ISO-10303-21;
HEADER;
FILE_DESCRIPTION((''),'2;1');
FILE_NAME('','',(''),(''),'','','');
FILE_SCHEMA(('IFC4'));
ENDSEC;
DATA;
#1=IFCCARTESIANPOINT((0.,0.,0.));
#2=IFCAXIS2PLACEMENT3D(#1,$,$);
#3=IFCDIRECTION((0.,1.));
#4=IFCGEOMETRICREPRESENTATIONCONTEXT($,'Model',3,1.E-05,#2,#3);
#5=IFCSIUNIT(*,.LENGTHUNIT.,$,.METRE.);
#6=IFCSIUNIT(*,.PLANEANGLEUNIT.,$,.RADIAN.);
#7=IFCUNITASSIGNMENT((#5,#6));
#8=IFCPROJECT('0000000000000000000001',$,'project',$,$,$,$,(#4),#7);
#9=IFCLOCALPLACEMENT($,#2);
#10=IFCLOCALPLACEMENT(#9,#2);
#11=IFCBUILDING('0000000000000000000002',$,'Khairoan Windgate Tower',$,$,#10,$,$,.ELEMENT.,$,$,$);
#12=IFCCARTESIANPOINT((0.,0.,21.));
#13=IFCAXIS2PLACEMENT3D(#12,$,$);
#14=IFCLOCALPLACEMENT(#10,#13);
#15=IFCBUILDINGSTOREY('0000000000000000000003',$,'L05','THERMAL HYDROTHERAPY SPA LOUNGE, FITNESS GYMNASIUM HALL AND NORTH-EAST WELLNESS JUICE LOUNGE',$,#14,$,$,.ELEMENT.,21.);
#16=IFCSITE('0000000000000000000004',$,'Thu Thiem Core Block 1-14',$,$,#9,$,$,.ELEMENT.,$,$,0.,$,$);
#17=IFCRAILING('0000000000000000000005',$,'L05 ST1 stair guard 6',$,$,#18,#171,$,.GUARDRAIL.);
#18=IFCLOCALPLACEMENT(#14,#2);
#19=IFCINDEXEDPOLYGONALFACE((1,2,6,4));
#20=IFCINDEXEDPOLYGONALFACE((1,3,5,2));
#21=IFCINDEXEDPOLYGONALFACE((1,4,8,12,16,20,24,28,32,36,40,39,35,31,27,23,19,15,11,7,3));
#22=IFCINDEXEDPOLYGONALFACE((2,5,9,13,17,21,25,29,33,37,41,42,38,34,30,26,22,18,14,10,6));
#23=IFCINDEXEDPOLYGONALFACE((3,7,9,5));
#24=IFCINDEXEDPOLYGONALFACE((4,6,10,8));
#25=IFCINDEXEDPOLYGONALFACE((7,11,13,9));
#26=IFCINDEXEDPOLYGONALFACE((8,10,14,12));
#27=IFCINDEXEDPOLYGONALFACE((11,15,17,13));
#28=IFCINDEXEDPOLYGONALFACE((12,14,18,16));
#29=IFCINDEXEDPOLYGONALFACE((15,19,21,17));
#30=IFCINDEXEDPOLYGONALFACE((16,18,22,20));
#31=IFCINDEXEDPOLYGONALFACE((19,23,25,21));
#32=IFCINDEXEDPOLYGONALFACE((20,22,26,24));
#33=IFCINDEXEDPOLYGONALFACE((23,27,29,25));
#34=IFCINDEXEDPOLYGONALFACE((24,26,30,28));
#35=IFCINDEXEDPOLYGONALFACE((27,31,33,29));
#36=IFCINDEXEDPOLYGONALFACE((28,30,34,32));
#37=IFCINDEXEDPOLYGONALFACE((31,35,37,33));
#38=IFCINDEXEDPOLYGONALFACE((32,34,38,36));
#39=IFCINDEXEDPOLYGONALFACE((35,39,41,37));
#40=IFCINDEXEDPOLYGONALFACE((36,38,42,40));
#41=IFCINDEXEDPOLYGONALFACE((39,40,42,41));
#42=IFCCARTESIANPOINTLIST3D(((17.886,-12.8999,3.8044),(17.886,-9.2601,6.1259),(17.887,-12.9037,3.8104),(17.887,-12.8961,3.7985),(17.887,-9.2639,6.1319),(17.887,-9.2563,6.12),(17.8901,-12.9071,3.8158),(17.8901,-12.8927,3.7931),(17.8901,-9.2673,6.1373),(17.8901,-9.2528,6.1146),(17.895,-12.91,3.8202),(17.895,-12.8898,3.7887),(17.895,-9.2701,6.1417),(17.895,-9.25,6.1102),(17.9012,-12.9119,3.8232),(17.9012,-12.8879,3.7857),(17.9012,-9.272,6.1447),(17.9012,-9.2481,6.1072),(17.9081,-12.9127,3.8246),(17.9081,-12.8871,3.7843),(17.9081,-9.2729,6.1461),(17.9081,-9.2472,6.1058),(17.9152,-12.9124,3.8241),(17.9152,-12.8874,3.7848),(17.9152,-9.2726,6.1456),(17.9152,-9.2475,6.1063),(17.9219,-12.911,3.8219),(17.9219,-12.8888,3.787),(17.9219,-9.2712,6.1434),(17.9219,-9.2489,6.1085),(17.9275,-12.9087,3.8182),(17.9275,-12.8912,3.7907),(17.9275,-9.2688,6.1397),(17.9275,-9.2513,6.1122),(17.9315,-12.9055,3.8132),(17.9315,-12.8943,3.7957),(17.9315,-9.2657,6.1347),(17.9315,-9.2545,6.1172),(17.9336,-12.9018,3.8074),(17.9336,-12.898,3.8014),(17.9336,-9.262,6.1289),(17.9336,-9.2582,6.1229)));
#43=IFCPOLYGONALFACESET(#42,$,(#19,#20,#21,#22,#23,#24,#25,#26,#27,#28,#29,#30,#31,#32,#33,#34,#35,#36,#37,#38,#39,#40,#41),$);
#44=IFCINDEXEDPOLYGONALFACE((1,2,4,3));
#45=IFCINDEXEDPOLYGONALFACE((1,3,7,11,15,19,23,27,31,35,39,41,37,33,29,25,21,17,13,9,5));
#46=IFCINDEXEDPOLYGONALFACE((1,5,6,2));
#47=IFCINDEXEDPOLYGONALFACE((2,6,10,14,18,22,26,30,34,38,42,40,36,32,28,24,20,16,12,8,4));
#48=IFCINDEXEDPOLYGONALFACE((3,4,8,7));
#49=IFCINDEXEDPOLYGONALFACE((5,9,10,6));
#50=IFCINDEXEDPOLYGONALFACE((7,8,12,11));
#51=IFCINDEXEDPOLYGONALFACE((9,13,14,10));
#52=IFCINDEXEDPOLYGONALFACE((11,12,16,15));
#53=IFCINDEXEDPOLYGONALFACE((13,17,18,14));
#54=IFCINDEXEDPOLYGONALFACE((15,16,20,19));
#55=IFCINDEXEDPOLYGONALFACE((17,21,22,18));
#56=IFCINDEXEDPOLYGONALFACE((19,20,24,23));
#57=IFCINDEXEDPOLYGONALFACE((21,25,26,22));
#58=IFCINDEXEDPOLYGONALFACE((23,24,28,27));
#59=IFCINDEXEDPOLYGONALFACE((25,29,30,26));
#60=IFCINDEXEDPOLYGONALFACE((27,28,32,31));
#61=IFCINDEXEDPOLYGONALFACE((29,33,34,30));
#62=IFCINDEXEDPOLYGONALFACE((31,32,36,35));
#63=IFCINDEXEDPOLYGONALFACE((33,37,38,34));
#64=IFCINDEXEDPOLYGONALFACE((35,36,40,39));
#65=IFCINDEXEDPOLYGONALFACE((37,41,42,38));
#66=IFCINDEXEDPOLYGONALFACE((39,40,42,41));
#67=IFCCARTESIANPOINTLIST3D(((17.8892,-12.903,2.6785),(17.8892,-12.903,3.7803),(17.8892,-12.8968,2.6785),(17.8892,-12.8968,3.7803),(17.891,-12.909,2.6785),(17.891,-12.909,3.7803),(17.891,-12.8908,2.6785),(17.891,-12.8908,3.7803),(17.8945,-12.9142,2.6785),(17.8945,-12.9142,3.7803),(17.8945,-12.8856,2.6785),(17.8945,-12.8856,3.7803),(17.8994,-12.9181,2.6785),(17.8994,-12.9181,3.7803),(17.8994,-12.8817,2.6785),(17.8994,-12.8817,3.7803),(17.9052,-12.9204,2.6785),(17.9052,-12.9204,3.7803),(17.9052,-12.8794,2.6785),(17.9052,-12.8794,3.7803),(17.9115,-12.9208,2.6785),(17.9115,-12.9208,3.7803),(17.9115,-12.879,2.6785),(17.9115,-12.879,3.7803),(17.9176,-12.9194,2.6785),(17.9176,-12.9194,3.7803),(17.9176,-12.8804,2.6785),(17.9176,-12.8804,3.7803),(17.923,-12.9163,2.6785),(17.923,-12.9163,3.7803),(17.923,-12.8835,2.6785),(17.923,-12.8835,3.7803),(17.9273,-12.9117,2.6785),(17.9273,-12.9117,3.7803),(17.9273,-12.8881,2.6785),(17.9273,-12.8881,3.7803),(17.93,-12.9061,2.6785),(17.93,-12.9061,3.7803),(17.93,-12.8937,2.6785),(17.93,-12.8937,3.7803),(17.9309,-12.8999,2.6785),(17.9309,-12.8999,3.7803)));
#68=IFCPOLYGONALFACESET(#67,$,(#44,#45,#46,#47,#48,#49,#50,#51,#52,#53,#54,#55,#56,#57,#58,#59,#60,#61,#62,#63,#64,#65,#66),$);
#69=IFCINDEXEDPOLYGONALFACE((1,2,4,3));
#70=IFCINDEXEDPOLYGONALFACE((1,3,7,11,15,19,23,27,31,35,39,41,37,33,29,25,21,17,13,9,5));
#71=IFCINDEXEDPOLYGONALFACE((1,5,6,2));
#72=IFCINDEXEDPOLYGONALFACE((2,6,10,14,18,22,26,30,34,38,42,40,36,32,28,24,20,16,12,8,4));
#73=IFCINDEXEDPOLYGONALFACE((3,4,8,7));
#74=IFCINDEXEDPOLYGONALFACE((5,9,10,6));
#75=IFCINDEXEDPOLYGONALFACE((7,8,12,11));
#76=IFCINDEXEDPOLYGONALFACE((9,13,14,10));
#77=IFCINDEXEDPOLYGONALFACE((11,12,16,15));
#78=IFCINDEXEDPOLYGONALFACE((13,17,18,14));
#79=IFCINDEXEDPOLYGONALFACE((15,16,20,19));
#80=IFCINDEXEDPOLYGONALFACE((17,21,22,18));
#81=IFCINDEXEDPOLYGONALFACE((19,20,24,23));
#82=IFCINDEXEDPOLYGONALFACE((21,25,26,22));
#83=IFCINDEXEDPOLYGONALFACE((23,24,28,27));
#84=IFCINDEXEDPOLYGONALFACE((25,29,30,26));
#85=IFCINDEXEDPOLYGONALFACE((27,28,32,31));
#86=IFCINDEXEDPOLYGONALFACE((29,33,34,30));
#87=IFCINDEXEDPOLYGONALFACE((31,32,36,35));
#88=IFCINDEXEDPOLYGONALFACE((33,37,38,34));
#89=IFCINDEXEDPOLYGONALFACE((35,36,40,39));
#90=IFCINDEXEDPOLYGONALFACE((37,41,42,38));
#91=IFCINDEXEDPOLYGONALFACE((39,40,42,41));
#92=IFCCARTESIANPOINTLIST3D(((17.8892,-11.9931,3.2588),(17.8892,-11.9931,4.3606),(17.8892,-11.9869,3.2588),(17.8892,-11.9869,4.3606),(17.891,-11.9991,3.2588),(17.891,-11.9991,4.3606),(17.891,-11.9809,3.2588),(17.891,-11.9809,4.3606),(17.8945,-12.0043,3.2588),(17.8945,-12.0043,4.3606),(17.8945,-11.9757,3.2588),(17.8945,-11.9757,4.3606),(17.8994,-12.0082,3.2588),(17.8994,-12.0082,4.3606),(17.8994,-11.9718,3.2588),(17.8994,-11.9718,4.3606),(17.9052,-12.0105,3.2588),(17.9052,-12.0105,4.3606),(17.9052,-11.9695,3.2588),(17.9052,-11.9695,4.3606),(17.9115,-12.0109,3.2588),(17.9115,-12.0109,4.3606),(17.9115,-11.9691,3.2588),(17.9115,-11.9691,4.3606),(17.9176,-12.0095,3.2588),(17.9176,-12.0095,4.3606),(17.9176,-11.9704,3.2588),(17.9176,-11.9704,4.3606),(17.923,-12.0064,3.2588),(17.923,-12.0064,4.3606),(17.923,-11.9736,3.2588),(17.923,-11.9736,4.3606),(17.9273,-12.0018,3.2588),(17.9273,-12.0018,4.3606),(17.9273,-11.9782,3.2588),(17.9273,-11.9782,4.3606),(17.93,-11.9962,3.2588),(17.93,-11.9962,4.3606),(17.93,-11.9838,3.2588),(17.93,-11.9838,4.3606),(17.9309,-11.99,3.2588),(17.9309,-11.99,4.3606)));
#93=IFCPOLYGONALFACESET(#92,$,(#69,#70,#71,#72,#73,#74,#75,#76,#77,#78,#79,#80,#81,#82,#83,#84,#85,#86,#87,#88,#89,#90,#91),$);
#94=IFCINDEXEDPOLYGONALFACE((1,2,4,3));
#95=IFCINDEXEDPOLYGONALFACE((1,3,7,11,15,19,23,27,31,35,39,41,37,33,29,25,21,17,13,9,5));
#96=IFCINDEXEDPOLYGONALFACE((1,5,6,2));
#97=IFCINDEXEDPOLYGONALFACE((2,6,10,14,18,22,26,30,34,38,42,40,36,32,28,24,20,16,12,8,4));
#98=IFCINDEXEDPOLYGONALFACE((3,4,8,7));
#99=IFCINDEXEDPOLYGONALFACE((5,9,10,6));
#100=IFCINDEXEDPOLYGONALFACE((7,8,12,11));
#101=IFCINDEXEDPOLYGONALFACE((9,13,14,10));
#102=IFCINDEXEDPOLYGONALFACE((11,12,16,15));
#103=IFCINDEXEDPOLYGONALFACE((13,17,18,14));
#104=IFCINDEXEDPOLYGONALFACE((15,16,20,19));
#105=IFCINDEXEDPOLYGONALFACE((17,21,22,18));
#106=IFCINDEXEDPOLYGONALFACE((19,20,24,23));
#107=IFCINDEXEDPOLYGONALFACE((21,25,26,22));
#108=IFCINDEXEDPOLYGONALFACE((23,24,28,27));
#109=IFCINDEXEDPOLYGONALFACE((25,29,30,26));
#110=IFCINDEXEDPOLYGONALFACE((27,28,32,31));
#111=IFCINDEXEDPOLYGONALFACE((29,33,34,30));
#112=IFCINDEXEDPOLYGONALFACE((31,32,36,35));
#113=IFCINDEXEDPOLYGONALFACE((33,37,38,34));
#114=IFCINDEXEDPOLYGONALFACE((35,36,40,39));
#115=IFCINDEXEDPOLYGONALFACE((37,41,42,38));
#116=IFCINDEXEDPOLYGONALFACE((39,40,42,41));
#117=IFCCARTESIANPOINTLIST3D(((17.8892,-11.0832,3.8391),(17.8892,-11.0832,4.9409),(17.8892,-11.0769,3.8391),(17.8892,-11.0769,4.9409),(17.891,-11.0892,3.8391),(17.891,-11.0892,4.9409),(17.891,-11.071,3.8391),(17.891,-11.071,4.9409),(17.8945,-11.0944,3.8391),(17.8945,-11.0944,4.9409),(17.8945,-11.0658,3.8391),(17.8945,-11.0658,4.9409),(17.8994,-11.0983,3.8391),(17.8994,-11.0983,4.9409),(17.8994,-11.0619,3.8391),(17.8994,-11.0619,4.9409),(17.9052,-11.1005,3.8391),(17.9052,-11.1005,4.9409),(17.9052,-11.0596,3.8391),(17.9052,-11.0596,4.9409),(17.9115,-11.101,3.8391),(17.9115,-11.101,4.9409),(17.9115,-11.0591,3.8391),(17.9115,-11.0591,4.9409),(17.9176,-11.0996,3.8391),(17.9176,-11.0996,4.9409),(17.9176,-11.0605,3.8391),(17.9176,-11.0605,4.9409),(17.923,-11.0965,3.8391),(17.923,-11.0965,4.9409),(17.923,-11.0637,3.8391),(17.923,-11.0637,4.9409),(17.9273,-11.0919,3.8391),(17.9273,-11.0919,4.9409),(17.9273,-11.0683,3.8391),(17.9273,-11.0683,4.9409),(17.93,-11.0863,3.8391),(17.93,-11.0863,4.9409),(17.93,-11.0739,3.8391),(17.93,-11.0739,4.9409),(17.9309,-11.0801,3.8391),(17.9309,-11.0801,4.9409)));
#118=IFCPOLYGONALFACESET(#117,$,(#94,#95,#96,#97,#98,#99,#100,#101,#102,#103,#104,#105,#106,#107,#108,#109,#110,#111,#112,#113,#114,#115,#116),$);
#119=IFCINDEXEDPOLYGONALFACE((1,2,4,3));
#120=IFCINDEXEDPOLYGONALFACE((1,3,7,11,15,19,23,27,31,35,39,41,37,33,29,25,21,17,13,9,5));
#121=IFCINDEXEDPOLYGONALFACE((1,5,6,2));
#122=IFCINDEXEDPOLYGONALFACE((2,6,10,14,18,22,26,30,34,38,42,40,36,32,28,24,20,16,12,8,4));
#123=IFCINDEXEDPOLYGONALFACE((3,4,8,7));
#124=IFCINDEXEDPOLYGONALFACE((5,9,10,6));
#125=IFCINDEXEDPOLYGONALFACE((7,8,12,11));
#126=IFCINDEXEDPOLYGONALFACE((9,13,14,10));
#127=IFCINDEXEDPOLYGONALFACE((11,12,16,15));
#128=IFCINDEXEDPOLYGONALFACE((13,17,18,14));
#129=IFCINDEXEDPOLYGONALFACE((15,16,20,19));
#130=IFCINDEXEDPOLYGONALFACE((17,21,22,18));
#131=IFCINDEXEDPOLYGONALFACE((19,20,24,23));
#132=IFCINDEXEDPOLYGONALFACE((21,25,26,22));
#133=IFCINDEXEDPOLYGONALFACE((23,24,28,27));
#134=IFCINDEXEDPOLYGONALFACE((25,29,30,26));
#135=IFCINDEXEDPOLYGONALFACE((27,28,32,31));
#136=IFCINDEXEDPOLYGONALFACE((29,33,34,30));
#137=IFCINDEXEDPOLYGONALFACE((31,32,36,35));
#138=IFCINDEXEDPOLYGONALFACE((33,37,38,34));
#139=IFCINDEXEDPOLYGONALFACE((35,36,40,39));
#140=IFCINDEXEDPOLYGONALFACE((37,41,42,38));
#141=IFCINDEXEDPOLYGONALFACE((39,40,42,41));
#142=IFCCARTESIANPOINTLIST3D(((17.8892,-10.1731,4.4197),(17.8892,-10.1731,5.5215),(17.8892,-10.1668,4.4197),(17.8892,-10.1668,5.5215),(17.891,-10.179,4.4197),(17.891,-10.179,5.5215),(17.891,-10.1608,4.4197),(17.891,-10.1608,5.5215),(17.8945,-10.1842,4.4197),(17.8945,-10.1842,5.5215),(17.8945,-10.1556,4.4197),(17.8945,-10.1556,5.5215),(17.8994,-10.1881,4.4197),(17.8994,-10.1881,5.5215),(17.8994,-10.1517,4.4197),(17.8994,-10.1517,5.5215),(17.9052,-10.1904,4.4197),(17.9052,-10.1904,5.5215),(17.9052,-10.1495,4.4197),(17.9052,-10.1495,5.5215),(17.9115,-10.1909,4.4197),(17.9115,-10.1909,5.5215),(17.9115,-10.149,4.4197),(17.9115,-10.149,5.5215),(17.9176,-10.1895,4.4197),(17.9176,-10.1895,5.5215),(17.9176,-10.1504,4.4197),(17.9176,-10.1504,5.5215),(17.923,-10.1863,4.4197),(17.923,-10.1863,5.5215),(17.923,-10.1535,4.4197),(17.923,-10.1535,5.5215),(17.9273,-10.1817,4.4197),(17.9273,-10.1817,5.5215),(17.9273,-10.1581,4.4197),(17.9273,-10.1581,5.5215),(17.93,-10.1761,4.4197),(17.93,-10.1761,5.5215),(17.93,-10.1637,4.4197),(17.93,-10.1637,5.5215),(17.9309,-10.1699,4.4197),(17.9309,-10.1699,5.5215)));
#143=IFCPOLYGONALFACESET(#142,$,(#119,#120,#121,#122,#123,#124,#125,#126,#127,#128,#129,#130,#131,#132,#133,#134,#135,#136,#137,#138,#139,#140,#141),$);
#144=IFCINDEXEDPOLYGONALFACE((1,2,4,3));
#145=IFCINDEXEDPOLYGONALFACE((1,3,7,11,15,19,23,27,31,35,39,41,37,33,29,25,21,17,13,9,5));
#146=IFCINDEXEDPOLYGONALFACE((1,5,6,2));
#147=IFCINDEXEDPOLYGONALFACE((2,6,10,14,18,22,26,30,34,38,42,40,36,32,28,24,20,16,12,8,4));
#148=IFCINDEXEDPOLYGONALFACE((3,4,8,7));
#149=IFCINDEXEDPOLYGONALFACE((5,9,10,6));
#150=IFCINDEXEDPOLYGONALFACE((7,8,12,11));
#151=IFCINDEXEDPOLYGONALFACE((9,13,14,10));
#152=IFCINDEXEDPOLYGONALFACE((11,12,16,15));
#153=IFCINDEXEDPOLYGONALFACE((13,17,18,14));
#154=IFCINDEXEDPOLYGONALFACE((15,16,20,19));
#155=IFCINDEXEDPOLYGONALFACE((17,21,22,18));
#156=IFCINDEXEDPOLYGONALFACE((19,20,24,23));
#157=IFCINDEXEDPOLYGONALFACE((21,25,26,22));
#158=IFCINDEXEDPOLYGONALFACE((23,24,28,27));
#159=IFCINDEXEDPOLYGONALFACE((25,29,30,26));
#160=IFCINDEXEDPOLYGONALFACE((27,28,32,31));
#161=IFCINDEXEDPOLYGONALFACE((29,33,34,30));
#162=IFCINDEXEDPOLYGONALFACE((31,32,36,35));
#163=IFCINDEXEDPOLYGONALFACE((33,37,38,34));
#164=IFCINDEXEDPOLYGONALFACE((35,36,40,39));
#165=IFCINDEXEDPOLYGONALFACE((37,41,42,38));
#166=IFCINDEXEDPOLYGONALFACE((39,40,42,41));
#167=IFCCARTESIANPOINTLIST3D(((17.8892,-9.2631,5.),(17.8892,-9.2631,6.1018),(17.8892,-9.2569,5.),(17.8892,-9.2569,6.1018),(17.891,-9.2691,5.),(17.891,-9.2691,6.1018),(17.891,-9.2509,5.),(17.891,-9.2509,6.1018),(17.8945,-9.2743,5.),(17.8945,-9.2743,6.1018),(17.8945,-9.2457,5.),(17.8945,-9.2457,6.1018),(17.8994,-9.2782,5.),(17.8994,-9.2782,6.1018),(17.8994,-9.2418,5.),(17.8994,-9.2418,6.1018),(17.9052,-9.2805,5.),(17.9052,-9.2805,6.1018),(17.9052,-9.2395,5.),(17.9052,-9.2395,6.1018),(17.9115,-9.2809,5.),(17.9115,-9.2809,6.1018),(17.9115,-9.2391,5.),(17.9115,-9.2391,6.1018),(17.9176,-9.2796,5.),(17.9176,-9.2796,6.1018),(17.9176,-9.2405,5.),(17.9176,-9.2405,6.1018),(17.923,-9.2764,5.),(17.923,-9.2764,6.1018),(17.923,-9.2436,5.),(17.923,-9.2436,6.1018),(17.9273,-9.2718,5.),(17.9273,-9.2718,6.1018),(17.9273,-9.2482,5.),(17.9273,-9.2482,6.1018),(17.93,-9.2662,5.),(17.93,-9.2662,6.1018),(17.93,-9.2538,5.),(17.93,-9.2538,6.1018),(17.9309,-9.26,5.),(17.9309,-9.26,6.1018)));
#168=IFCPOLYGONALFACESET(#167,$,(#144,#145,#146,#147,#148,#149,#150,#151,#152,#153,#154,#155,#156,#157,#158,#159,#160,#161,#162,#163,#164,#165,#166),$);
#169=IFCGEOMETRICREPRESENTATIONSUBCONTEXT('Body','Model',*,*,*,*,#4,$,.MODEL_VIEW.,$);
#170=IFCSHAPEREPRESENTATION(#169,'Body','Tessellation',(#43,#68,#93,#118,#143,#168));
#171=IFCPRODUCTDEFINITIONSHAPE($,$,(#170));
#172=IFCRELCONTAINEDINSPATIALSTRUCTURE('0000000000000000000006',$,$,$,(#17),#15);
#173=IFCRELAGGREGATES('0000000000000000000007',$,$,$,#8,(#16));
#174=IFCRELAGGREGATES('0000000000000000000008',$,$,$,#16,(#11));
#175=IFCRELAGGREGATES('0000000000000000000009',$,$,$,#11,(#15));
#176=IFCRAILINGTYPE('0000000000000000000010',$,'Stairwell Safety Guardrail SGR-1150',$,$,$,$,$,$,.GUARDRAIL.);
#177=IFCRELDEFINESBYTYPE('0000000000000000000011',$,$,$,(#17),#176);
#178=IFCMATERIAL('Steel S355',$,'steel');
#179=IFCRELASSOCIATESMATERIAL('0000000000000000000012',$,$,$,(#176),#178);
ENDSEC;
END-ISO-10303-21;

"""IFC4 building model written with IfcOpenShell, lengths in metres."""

from ifc_helpers import new_model, si_unit, direction, frame, origin, origin_2d, place, context, subcontext, project, spatial, circle, extrude, material, type_object, element, save


model = new_model("IFC4")

# Units and contexts
model_context = context("Model", 3, precision=1e-05, world=origin(), true_north=direction((0.0, 1.0)))
body_context = subcontext(model_context, "Body", "Model", "MODEL_VIEW")
ifc_project = project(units=[si_unit("LENGTHUNIT", "METRE"), si_unit("PLANEANGLEUNIT", "RADIAN")], contexts=[model_context])

# Site, building, storey
site_placement = place(None, origin())
site = spatial("IfcSite", under=ifc_project, at=site_placement, Name="Thu Thiem Core Block 1-14", CompositionType="ELEMENT", RefElevation=0.0)
building_placement = place(site_placement, origin())
building = spatial("IfcBuilding", under=site, at=building_placement, Name="Khairoan Windgate Tower", CompositionType="ELEMENT")
storey_placement = place(building_placement, frame((0.0, 0.0, 21.0)))
storey = spatial("IfcBuildingStorey", under=building, at=storey_placement, Name="L05", Description="THERMAL HYDROTHERAPY SPA LOUNGE, FITNESS GYMNASIUM HALL AND NORTH-EAST WELLNESS JUICE LOUNGE", CompositionType="ELEMENT", Elevation=21.0)

# Railing
ifc_material_1 = material(Name="Steel S355", Category="steel")
railing_type_1 = type_object("IfcRailingType", Name="Stairwell Safety Guardrail SGR-1150", PredefinedType="GUARDRAIL", material=ifc_material_1)
railing_1_placement = place(storey_placement, frame((17.9099, -12.8999, 2.6785)))
element("IfcRailing", 1, at=railing_1_placement, inside=storey, type_object=railing_type_1, Name="L05 ST1 stair guard 6", PredefinedType="GUARDRAIL", context=body_context, shape_type="SweptSolid", body=[
    extrude(circle(Radius=0.0239, at=origin_2d()), frame((0.0, 0.0, 1.126), z_axis=(0.0, 0.843112, 0.537739), x_axis=(-1.0, 0.0, 0.0)), (0.0, 0.0, 1.0), 4.3171),
    extrude(circle(Radius=0.021, at=origin_2d()), origin(), (0.0, 0.0, 1.0), 1.1018),
    extrude(circle(Radius=0.021, at=origin_2d()), frame((0.0, 0.9099, 0.5803)), (0.0, 0.0, 1.0), 1.1018),
    extrude(circle(Radius=0.021, at=origin_2d()), frame((0.0, 1.8198, 1.1606)), (0.0, 0.0, 1.0), 1.1018),
    extrude(circle(Radius=0.021, at=origin_2d()), frame((0.0, 2.73, 1.7412)), (0.0, 0.0, 1.0), 1.1018),
    extrude(circle(Radius=0.021, at=origin_2d()), frame((0.0, 3.6399, 2.3215)), (0.0, 0.0, 1.0), 1.1018),
])

save(model, "model.ifc")
